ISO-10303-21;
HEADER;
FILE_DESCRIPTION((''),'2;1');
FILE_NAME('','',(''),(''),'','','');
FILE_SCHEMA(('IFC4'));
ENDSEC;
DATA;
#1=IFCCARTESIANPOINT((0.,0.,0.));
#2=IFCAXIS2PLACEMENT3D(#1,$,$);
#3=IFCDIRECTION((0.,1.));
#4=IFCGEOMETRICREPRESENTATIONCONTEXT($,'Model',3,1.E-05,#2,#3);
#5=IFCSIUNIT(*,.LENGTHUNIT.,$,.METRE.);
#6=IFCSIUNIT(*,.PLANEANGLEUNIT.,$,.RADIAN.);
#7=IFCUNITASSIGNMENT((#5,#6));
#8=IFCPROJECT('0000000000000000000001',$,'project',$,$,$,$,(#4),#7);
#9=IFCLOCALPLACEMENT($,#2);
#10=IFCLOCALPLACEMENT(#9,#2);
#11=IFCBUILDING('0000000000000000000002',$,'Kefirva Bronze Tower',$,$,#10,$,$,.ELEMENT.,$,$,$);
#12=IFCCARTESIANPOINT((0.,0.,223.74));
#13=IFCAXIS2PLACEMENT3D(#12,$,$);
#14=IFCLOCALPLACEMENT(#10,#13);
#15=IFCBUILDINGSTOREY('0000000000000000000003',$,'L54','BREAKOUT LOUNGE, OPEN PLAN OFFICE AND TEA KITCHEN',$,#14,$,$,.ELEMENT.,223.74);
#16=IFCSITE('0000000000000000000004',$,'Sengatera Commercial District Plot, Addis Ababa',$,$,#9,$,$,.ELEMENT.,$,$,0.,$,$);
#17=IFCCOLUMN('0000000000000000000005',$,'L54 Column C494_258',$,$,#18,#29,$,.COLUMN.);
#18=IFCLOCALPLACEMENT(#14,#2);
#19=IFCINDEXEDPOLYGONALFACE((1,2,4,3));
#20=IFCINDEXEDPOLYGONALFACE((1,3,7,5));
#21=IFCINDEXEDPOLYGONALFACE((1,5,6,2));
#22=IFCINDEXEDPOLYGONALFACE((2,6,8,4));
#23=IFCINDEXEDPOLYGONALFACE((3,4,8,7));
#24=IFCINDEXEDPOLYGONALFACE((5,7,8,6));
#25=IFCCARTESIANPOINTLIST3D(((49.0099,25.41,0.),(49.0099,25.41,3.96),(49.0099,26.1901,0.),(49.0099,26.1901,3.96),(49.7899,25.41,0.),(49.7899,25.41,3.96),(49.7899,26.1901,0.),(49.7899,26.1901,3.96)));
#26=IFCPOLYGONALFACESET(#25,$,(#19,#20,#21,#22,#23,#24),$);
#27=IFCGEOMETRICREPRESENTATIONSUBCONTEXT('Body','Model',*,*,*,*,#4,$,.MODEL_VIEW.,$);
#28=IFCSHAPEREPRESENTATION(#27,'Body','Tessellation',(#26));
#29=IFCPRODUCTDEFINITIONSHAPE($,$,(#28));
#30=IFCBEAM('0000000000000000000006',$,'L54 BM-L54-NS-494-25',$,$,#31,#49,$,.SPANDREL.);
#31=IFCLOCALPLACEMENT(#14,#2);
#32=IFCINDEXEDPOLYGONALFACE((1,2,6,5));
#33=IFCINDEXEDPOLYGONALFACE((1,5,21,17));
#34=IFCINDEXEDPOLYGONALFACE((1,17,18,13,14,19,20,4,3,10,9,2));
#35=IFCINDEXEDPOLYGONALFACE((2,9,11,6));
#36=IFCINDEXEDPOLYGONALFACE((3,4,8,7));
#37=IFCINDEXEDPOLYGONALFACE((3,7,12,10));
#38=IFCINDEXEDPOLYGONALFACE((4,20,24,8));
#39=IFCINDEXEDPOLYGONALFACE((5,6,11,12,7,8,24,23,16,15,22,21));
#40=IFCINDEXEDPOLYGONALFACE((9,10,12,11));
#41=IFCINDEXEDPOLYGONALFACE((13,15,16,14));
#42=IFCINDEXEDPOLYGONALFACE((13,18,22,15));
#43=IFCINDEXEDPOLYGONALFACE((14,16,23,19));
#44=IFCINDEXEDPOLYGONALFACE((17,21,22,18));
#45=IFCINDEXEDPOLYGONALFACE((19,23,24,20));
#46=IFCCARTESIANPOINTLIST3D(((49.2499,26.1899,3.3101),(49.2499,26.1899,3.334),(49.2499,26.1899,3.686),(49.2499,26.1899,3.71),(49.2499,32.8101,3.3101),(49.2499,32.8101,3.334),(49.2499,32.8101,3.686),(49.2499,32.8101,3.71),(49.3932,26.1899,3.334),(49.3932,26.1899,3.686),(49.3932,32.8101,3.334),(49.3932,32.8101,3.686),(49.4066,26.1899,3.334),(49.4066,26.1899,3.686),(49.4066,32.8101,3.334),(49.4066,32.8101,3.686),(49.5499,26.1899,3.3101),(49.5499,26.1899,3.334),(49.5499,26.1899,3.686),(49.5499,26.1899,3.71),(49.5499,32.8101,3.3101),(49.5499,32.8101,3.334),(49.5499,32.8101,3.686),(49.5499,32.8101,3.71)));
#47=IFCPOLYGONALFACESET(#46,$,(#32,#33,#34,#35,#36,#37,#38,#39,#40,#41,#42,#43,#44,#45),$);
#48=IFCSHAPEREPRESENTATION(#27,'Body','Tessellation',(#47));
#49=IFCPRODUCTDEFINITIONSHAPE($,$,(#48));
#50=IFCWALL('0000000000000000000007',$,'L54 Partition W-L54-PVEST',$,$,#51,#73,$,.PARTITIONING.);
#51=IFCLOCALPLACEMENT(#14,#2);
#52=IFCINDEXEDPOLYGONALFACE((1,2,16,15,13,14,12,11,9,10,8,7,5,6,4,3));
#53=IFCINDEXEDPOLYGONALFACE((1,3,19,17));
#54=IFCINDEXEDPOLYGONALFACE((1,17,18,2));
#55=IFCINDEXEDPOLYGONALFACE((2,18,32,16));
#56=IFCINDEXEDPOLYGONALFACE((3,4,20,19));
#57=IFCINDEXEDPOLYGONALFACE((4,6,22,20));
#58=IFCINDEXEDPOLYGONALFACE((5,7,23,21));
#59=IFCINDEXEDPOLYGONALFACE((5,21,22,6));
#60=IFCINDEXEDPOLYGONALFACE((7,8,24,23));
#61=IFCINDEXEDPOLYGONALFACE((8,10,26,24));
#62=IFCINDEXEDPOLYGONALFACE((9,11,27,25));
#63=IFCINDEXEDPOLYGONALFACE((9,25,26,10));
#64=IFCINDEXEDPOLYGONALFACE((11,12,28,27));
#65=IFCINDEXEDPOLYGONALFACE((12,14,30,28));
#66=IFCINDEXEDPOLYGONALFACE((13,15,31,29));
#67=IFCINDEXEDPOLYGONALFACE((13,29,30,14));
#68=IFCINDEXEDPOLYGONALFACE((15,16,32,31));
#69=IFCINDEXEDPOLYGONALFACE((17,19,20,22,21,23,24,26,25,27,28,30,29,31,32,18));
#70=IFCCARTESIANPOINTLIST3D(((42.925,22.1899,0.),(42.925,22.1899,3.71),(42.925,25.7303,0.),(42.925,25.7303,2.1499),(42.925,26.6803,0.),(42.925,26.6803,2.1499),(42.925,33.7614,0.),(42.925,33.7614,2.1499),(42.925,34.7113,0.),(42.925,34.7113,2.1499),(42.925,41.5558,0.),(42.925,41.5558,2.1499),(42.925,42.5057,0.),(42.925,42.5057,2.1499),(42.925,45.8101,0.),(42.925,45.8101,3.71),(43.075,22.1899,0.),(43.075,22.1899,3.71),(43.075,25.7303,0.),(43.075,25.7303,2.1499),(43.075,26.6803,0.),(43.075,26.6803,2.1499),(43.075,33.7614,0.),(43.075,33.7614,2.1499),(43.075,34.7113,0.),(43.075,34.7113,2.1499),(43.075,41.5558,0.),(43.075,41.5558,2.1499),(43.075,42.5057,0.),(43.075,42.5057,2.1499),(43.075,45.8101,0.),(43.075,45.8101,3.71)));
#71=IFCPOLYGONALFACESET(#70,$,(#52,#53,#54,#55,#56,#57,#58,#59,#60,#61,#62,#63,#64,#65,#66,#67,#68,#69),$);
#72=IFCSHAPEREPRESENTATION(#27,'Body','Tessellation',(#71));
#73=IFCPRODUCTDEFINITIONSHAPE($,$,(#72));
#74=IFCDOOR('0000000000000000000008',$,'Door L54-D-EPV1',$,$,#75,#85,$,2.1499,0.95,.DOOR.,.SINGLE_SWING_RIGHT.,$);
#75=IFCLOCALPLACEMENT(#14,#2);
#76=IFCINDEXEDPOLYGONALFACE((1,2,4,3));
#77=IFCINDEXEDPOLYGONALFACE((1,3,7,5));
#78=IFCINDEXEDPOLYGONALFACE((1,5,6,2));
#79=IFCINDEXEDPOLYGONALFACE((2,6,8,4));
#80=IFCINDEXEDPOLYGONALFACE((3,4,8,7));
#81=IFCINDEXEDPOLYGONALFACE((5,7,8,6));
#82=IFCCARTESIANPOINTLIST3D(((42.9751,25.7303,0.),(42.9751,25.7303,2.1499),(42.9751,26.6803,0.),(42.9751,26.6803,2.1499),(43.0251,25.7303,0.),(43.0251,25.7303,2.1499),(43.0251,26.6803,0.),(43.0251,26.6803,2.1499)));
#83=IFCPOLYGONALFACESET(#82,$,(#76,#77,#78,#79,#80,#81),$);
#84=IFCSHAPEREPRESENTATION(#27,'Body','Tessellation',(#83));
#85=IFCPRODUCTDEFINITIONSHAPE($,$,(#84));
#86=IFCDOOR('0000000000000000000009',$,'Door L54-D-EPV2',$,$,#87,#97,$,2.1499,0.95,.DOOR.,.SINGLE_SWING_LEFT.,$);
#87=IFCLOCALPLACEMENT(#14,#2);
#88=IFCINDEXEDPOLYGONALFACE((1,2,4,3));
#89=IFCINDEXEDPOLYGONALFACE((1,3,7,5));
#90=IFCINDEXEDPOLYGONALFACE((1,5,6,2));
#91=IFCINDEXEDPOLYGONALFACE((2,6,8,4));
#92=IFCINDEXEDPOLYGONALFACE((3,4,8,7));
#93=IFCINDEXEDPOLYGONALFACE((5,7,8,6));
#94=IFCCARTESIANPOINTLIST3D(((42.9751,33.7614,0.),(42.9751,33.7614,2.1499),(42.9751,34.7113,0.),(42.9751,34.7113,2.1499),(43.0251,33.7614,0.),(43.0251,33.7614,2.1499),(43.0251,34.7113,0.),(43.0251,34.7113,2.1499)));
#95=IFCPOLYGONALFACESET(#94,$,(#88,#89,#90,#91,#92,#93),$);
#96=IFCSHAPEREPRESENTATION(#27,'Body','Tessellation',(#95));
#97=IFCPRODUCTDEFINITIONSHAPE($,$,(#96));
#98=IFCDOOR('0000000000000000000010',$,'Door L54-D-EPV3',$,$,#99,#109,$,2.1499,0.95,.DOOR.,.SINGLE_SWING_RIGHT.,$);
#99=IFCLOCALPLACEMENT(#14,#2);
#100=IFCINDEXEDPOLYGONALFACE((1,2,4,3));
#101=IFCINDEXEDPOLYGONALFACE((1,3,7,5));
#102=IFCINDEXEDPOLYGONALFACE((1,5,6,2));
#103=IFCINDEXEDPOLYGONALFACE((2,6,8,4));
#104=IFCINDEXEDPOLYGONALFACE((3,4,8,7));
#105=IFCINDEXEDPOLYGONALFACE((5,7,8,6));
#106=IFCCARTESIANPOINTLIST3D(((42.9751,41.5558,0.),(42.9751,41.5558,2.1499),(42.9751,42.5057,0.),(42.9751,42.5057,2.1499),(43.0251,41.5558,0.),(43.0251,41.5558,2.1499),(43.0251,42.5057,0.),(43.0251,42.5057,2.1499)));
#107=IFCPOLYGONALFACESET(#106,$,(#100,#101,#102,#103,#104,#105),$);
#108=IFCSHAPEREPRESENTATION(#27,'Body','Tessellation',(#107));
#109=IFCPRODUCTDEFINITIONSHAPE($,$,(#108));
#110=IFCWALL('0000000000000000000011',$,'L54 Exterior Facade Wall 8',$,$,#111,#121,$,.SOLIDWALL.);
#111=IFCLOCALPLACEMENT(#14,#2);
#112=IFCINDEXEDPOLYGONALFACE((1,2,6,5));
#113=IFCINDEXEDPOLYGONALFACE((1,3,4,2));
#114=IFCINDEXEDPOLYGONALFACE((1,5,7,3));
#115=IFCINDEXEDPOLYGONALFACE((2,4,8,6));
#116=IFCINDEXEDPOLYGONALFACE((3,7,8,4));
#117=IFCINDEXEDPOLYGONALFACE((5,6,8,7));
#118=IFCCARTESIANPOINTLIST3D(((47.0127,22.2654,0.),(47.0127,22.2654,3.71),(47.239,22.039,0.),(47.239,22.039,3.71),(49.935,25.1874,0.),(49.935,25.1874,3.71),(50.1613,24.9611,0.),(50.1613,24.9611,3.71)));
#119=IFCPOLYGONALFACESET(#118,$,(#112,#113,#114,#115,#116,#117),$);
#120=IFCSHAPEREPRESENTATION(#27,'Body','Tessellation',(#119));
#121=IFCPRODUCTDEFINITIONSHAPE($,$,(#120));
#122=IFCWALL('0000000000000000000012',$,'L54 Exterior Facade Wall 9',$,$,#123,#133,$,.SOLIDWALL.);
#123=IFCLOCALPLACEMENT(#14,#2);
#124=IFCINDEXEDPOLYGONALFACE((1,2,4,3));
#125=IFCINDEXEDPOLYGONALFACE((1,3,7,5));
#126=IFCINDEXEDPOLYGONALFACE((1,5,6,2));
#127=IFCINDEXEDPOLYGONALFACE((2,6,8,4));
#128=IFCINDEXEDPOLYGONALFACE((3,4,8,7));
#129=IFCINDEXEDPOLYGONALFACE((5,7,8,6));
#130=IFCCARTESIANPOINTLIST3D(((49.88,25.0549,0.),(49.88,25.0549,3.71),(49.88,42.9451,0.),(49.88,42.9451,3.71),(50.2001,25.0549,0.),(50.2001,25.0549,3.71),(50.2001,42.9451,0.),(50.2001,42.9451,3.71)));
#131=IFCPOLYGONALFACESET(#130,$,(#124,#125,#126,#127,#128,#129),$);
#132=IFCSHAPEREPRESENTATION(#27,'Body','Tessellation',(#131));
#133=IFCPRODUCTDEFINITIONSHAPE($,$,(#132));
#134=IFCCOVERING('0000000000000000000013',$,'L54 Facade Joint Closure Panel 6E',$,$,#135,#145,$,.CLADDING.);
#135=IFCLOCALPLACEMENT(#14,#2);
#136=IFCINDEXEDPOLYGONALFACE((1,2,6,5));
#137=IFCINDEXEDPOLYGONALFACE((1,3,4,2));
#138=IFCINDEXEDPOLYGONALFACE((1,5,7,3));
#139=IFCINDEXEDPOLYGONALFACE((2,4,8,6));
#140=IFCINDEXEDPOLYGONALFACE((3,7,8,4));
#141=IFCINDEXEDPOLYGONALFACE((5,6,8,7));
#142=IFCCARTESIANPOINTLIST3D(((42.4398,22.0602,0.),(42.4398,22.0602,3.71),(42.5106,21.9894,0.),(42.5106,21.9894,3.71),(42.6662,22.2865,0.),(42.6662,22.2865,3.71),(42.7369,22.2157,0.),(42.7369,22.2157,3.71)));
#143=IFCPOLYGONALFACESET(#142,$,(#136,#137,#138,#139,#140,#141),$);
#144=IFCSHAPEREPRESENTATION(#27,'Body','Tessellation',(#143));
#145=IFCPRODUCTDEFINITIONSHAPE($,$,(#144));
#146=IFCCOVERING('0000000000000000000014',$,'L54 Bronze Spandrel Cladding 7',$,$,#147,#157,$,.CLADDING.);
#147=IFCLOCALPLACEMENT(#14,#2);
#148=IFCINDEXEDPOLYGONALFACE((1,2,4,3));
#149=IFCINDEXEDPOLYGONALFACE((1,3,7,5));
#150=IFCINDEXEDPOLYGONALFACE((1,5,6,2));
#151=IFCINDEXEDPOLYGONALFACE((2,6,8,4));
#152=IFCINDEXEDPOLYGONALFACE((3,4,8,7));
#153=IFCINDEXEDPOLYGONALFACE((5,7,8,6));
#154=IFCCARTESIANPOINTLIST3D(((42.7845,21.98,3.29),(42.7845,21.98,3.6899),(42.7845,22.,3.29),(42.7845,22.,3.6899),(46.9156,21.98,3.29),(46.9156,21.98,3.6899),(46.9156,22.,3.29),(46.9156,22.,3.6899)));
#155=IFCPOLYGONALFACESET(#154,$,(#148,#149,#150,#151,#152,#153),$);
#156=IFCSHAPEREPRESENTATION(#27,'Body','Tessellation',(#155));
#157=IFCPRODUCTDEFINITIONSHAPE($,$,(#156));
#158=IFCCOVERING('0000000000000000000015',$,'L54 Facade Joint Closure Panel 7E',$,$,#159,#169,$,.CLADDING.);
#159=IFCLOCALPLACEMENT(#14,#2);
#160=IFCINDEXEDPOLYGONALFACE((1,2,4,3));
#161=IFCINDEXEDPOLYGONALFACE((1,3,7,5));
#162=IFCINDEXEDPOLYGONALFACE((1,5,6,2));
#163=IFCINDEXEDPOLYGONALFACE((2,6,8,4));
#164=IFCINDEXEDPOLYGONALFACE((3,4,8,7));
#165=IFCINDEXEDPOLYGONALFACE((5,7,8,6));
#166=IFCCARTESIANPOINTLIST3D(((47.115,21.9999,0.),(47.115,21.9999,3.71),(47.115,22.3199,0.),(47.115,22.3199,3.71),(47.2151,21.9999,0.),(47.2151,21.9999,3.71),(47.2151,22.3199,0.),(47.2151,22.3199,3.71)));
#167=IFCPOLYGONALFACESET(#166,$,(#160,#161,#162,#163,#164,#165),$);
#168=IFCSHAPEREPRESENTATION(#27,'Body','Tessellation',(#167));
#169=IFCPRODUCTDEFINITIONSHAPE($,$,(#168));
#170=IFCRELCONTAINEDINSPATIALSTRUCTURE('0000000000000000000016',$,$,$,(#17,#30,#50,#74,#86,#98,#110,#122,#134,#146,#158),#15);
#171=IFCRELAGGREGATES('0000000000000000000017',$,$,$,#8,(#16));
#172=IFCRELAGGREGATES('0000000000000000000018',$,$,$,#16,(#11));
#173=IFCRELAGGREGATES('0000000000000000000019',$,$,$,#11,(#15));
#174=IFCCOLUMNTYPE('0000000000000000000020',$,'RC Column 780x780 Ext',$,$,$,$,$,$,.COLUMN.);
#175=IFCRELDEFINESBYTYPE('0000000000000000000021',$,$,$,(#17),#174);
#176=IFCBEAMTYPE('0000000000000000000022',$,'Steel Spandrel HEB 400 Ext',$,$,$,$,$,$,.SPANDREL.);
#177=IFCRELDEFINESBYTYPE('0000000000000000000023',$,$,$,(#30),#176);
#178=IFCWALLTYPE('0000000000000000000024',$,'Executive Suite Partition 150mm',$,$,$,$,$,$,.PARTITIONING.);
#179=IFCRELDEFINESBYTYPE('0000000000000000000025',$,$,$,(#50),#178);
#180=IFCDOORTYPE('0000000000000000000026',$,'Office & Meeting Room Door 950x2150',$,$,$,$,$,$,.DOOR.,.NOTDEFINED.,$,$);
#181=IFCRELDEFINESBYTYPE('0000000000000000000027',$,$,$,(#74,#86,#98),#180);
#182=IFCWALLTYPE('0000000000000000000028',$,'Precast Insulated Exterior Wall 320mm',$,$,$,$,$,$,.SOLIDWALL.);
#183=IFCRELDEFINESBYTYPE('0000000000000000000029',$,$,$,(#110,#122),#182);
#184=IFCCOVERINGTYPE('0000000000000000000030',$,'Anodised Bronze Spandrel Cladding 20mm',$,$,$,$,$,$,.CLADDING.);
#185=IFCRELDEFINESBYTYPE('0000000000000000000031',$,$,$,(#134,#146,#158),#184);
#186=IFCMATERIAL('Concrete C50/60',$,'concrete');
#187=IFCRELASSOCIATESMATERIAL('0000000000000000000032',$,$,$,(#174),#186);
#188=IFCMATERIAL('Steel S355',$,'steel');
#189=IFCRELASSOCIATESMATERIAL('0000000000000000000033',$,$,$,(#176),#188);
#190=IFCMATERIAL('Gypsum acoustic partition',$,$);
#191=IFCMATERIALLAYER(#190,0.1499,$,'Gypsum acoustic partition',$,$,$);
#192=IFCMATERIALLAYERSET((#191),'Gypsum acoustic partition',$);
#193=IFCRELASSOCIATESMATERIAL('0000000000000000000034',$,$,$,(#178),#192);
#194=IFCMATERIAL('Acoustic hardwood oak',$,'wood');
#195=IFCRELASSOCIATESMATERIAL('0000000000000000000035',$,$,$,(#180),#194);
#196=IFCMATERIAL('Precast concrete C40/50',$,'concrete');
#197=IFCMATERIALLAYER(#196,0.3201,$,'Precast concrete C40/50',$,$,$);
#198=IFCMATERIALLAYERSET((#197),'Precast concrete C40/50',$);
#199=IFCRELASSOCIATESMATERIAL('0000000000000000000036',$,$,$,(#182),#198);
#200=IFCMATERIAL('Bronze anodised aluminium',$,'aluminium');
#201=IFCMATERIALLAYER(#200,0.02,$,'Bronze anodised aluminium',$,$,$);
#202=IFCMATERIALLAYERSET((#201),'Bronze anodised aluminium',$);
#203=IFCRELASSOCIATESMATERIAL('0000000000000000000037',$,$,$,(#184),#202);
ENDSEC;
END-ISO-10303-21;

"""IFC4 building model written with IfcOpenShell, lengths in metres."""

from ifc_helpers import new_model, si_unit, direction, frame, frame_2d, origin, origin_2d, place, context, subcontext, project, spatial, rectangle, i_section, extrude, material, layer, layer_set, material_profile, profile_set, type_object, element, fill, save


model = new_model("IFC4")

# Units and contexts
model_context = context("Model", 3, precision=1e-05, world=origin(), true_north=direction((0.0, 1.0)))
body_context = subcontext(model_context, "Body", "Model", "MODEL_VIEW")
ifc_project = project(units=[si_unit("LENGTHUNIT", "METRE"), si_unit("PLANEANGLEUNIT", "RADIAN")], contexts=[model_context])

# Site, building, storey
site_placement = place(None, origin())
site = spatial("IfcSite", under=ifc_project, at=site_placement, Name="Sengatera Commercial District Plot, Addis Ababa", CompositionType="ELEMENT", RefElevation=0.0)
building_placement = place(site_placement, origin())
building = spatial("IfcBuilding", under=site, at=building_placement, Name="Kefirva Bronze Tower", CompositionType="ELEMENT")
storey_placement = place(building_placement, frame((0.0, 0.0, 223.74)))
storey = spatial("IfcBuildingStorey", under=building, at=storey_placement, Name="L54", Description="BREAKOUT LOUNGE, OPEN PLAN OFFICE AND TEA KITCHEN", CompositionType="ELEMENT", Elevation=223.74)

# Column
ifc_material_1 = material(Name="Concrete C50/60", Category="concrete")
ifc_material_profile_1 = material_profile(ifc_material_1, rectangle(XDim=0.78, YDim=0.78, at=origin_2d()), Name="RC 780x780")
ifc_profile_set_1 = profile_set([ifc_material_profile_1], Name="Concrete C50/60")
column_type = type_object("IfcColumnType", Name="RC Column 780x780 Ext", PredefinedType="COLUMN", material=ifc_profile_set_1)
column_placement = place(storey_placement, frame((49.3999, 25.8, 0.0), z_axis=(0.0, 0.0, 1.0), x_axis=(1.0, 0.0, 0.0)))
element("IfcColumn", 1, at=column_placement, inside=storey, type_object=column_type, Name="L54 Column C494_258", PredefinedType="COLUMN", context=body_context, shape_type="SweptSolid", body=[
    extrude(rectangle(XDim=0.78, YDim=0.78, at=origin_2d()), origin(), (0.0, 0.0, 1.0), 3.96),
])

# Beam
ifc_material_2 = material(Name="Steel S355", Category="steel")
ifc_material_profile_2 = material_profile(ifc_material_2, i_section(OverallWidth=0.3, OverallDepth=0.3999, WebThickness=0.0134, FlangeThickness=0.0239, at=origin_2d()), Name="HEB 400")
ifc_profile_set_2 = profile_set([ifc_material_profile_2], Name="Steel S355")
beam_type = type_object("IfcBeamType", Name="Steel Spandrel HEB 400 Ext", PredefinedType="SPANDREL", material=ifc_profile_set_2)
beam_placement = place(storey_placement, frame((49.3999, 26.1899, 3.51), z_axis=(0.0, 1.0, 0.0), x_axis=(-1.0, 0.0, 0.0)))
element("IfcBeam", 2, at=beam_placement, inside=storey, type_object=beam_type, Name="L54 BM-L54-NS-494-25", PredefinedType="SPANDREL", context=body_context, shape_type="SweptSolid", body=[
    extrude(i_section(OverallWidth=0.3, OverallDepth=0.3999, WebThickness=0.0134, FlangeThickness=0.0239, at=origin_2d()), origin(), (0.0, 0.0, 1.0), 6.6201),
])

# Wall, openings, doors
ifc_material_3 = material(Name="Gypsum acoustic partition")
ifc_layer_1 = layer(ifc_material_3, 0.1499, Name="Gypsum acoustic partition")
ifc_layer_set_1 = layer_set([ifc_layer_1], Name="Gypsum acoustic partition")
wall_type_1 = type_object("IfcWallType", Name="Executive Suite Partition 150mm", PredefinedType="PARTITIONING", material=ifc_layer_set_1)
wall_1_placement = place(storey_placement, frame((43.0, 22.1899, 0.0), z_axis=(0.0, 0.0, 1.0), x_axis=(0.0, 1.0, 0.0)))
wall_1 = element("IfcWall", 3, at=wall_1_placement, inside=storey, type_object=wall_type_1, Name="L54 Partition W-L54-PVEST", PredefinedType="PARTITIONING", context=body_context, shape_type="SweptSolid", body=[
    extrude(rectangle(XDim=23.6201, YDim=0.1499, at=frame_2d((11.8101, 0.0))), origin(), (0.0, 0.0, 1.0), 3.71),
])
opening_1_placement = place(wall_1_placement, frame((3.5403, 0.0, 0.0)))
opening_1 = element("IfcOpeningElement", 4, at=opening_1_placement, cuts=wall_1, PredefinedType="OPENING", context=body_context, shape_type="SweptSolid", body=[
    extrude(rectangle(XDim=0.95, YDim=2.1499, at=frame_2d((0.4751, 1.075))), frame((0.0, 0.085, 0.0), z_axis=(0.0, -1.0, 0.0), x_axis=(1.0, 0.0, 0.0)), (0.0, 0.0, 1.0), 0.1699),
])
opening_2_placement = place(wall_1_placement, frame((11.5713, 0.0, 0.0)))
opening_2 = element("IfcOpeningElement", 5, at=opening_2_placement, cuts=wall_1, PredefinedType="OPENING", context=body_context, shape_type="SweptSolid", body=[
    extrude(rectangle(XDim=0.95, YDim=2.1499, at=frame_2d((0.4751, 1.075))), frame((0.0, 0.085, 0.0), z_axis=(0.0, -1.0, 0.0), x_axis=(1.0, 0.0, 0.0)), (0.0, 0.0, 1.0), 0.1699),
])
opening_3_placement = place(wall_1_placement, frame((19.3657, 0.0, 0.0)))
opening_3 = element("IfcOpeningElement", 6, at=opening_3_placement, cuts=wall_1, PredefinedType="OPENING", context=body_context, shape_type="SweptSolid", body=[
    extrude(rectangle(XDim=0.95, YDim=2.1499, at=frame_2d((0.4751, 1.075))), frame((0.0, 0.085, 0.0), z_axis=(0.0, -1.0, 0.0), x_axis=(1.0, 0.0, 0.0)), (0.0, 0.0, 1.0), 0.1699),
])
ifc_material_4 = material(Name="Acoustic hardwood oak", Category="wood")
door_type = type_object("IfcDoorType", Name="Office & Meeting Room Door 950x2150", OperationType="NOTDEFINED", PredefinedType="DOOR", material=ifc_material_4)
door_1_placement = place(opening_1_placement, origin())
door_1 = element("IfcDoor", 7, at=door_1_placement, inside=storey, type_object=door_type, Name="Door L54-D-EPV1", OperationType="SINGLE_SWING_RIGHT", OverallHeight=2.1499, OverallWidth=0.95, PredefinedType="DOOR", context=body_context, shape_type="SweptSolid", body=[
    extrude(rectangle(XDim=0.95, YDim=2.1499, at=frame_2d((0.4751, 1.075))), frame((0.0, 0.0249, 0.0), z_axis=(0.0, -1.0, 0.0), x_axis=(1.0, 0.0, 0.0)), (0.0, 0.0, 1.0), 0.05),
])
fill(opening_1, door_1)
door_2_placement = place(opening_2_placement, origin())
door_2 = element("IfcDoor", 8, at=door_2_placement, inside=storey, type_object=door_type, Name="Door L54-D-EPV2", OperationType="SINGLE_SWING_LEFT", OverallHeight=2.1499, OverallWidth=0.95, PredefinedType="DOOR", context=body_context, shape_type="SweptSolid", body=[
    extrude(rectangle(XDim=0.95, YDim=2.1499, at=frame_2d((0.4751, 1.075))), frame((0.0, 0.0249, 0.0), z_axis=(0.0, -1.0, 0.0), x_axis=(1.0, 0.0, 0.0)), (0.0, 0.0, 1.0), 0.05),
])
fill(opening_2, door_2)
door_3_placement = place(opening_3_placement, origin())
door_3 = element("IfcDoor", 9, at=door_3_placement, inside=storey, type_object=door_type, Name="Door L54-D-EPV3", OperationType="SINGLE_SWING_RIGHT", OverallHeight=2.1499, OverallWidth=0.95, PredefinedType="DOOR", context=body_context, shape_type="SweptSolid", body=[
    extrude(rectangle(XDim=0.95, YDim=2.1499, at=frame_2d((0.4751, 1.075))), frame((0.0, 0.0249, 0.0), z_axis=(0.0, -1.0, 0.0), x_axis=(1.0, 0.0, 0.0)), (0.0, 0.0, 1.0), 0.05),
])
fill(opening_3, door_3)

# Walls
ifc_material_5 = material(Name="Precast concrete C40/50", Category="concrete")
ifc_layer_2 = layer(ifc_material_5, 0.3201, Name="Precast concrete C40/50")
ifc_layer_set_2 = layer_set([ifc_layer_2], Name="Precast concrete C40/50")
wall_type_2 = type_object("IfcWallType", Name="Precast Insulated Exterior Wall 320mm", PredefinedType="SOLIDWALL", material=ifc_layer_set_2)
wall_2_placement = place(storey_placement, frame((47.1257, 22.1521, 0.0), z_axis=(0.0, 0.0, 1.0), x_axis=(0.707136, 0.707077, 0.0)))
element("IfcWall", 10, at=wall_2_placement, inside=storey, type_object=wall_type_2, Name="L54 Exterior Facade Wall 8", PredefinedType="SOLIDWALL", context=body_context, shape_type="SweptSolid", body=[
    extrude(rectangle(XDim=4.1326, YDim=0.3201, at=frame_2d((2.0664, 0.0))), origin(), (0.0, 0.0, 1.0), 3.71),
])
wall_3_placement = place(storey_placement, frame((50.04, 25.0549, 0.0), z_axis=(0.0, 0.0, 1.0), x_axis=(0.0, 1.0, 0.0)))
element("IfcWall", 11, at=wall_3_placement, inside=storey, type_object=wall_type_2, Name="L54 Exterior Facade Wall 9", PredefinedType="SOLIDWALL", context=body_context, shape_type="SweptSolid", body=[
    extrude(rectangle(XDim=17.8901, YDim=0.3201, at=frame_2d((8.9451, 0.0))), origin(), (0.0, 0.0, 1.0), 3.71),
])

# Coverings
ifc_material_6 = material(Name="Bronze anodised aluminium", Category="aluminium")
ifc_layer_3 = layer(ifc_material_6, 0.02, Name="Bronze anodised aluminium")
ifc_layer_set_3 = layer_set([ifc_layer_3], Name="Bronze anodised aluminium")
covering_type_1 = type_object("IfcCoveringType", Name="Anodised Bronze Spandrel Cladding 20mm", PredefinedType="CLADDING", material=ifc_layer_set_3)
covering_1_placement = place(storey_placement, frame((42.5884, 22.1379, 0.0), z_axis=(0.0, 0.0, 1.0), x_axis=(0.707107, -0.707107, 0.0)))
element("IfcCovering", 12, at=covering_1_placement, inside=storey, type_object=covering_type_1, Name="L54 Facade Joint Closure Panel 6E", PredefinedType="CLADDING", context=body_context, shape_type="SweptSolid", body=[
    extrude(rectangle(XDim=0.1001, YDim=0.3201, at=origin_2d()), origin(), (0.0, 0.0, 1.0), 3.71),
])
covering_2_placement = place(storey_placement, frame((44.8501, 21.99, 3.29), z_axis=(0.0, 0.0, 1.0), x_axis=(1.0, 0.0, 0.0)))
element("IfcCovering", 13, at=covering_2_placement, inside=storey, type_object=covering_type_1, Name="L54 Bronze Spandrel Cladding 7", PredefinedType="CLADDING", context=body_context, shape_type="SweptSolid", body=[
    extrude(rectangle(XDim=4.1311, YDim=0.02, at=origin_2d()), origin(), (0.0, 0.0, 1.0), 0.3999),
])
covering_3_placement = place(storey_placement, frame((47.165, 22.1599, 0.0), z_axis=(0.0, 0.0, 1.0), x_axis=(1.0, 0.0, 0.0)))
element("IfcCovering", 14, at=covering_3_placement, inside=storey, type_object=covering_type_1, Name="L54 Facade Joint Closure Panel 7E", PredefinedType="CLADDING", context=body_context, shape_type="SweptSolid", body=[
    extrude(rectangle(XDim=0.1001, YDim=0.3201, at=origin_2d()), origin(), (0.0, 0.0, 1.0), 3.71),
])

save(model, "model.ifc")
